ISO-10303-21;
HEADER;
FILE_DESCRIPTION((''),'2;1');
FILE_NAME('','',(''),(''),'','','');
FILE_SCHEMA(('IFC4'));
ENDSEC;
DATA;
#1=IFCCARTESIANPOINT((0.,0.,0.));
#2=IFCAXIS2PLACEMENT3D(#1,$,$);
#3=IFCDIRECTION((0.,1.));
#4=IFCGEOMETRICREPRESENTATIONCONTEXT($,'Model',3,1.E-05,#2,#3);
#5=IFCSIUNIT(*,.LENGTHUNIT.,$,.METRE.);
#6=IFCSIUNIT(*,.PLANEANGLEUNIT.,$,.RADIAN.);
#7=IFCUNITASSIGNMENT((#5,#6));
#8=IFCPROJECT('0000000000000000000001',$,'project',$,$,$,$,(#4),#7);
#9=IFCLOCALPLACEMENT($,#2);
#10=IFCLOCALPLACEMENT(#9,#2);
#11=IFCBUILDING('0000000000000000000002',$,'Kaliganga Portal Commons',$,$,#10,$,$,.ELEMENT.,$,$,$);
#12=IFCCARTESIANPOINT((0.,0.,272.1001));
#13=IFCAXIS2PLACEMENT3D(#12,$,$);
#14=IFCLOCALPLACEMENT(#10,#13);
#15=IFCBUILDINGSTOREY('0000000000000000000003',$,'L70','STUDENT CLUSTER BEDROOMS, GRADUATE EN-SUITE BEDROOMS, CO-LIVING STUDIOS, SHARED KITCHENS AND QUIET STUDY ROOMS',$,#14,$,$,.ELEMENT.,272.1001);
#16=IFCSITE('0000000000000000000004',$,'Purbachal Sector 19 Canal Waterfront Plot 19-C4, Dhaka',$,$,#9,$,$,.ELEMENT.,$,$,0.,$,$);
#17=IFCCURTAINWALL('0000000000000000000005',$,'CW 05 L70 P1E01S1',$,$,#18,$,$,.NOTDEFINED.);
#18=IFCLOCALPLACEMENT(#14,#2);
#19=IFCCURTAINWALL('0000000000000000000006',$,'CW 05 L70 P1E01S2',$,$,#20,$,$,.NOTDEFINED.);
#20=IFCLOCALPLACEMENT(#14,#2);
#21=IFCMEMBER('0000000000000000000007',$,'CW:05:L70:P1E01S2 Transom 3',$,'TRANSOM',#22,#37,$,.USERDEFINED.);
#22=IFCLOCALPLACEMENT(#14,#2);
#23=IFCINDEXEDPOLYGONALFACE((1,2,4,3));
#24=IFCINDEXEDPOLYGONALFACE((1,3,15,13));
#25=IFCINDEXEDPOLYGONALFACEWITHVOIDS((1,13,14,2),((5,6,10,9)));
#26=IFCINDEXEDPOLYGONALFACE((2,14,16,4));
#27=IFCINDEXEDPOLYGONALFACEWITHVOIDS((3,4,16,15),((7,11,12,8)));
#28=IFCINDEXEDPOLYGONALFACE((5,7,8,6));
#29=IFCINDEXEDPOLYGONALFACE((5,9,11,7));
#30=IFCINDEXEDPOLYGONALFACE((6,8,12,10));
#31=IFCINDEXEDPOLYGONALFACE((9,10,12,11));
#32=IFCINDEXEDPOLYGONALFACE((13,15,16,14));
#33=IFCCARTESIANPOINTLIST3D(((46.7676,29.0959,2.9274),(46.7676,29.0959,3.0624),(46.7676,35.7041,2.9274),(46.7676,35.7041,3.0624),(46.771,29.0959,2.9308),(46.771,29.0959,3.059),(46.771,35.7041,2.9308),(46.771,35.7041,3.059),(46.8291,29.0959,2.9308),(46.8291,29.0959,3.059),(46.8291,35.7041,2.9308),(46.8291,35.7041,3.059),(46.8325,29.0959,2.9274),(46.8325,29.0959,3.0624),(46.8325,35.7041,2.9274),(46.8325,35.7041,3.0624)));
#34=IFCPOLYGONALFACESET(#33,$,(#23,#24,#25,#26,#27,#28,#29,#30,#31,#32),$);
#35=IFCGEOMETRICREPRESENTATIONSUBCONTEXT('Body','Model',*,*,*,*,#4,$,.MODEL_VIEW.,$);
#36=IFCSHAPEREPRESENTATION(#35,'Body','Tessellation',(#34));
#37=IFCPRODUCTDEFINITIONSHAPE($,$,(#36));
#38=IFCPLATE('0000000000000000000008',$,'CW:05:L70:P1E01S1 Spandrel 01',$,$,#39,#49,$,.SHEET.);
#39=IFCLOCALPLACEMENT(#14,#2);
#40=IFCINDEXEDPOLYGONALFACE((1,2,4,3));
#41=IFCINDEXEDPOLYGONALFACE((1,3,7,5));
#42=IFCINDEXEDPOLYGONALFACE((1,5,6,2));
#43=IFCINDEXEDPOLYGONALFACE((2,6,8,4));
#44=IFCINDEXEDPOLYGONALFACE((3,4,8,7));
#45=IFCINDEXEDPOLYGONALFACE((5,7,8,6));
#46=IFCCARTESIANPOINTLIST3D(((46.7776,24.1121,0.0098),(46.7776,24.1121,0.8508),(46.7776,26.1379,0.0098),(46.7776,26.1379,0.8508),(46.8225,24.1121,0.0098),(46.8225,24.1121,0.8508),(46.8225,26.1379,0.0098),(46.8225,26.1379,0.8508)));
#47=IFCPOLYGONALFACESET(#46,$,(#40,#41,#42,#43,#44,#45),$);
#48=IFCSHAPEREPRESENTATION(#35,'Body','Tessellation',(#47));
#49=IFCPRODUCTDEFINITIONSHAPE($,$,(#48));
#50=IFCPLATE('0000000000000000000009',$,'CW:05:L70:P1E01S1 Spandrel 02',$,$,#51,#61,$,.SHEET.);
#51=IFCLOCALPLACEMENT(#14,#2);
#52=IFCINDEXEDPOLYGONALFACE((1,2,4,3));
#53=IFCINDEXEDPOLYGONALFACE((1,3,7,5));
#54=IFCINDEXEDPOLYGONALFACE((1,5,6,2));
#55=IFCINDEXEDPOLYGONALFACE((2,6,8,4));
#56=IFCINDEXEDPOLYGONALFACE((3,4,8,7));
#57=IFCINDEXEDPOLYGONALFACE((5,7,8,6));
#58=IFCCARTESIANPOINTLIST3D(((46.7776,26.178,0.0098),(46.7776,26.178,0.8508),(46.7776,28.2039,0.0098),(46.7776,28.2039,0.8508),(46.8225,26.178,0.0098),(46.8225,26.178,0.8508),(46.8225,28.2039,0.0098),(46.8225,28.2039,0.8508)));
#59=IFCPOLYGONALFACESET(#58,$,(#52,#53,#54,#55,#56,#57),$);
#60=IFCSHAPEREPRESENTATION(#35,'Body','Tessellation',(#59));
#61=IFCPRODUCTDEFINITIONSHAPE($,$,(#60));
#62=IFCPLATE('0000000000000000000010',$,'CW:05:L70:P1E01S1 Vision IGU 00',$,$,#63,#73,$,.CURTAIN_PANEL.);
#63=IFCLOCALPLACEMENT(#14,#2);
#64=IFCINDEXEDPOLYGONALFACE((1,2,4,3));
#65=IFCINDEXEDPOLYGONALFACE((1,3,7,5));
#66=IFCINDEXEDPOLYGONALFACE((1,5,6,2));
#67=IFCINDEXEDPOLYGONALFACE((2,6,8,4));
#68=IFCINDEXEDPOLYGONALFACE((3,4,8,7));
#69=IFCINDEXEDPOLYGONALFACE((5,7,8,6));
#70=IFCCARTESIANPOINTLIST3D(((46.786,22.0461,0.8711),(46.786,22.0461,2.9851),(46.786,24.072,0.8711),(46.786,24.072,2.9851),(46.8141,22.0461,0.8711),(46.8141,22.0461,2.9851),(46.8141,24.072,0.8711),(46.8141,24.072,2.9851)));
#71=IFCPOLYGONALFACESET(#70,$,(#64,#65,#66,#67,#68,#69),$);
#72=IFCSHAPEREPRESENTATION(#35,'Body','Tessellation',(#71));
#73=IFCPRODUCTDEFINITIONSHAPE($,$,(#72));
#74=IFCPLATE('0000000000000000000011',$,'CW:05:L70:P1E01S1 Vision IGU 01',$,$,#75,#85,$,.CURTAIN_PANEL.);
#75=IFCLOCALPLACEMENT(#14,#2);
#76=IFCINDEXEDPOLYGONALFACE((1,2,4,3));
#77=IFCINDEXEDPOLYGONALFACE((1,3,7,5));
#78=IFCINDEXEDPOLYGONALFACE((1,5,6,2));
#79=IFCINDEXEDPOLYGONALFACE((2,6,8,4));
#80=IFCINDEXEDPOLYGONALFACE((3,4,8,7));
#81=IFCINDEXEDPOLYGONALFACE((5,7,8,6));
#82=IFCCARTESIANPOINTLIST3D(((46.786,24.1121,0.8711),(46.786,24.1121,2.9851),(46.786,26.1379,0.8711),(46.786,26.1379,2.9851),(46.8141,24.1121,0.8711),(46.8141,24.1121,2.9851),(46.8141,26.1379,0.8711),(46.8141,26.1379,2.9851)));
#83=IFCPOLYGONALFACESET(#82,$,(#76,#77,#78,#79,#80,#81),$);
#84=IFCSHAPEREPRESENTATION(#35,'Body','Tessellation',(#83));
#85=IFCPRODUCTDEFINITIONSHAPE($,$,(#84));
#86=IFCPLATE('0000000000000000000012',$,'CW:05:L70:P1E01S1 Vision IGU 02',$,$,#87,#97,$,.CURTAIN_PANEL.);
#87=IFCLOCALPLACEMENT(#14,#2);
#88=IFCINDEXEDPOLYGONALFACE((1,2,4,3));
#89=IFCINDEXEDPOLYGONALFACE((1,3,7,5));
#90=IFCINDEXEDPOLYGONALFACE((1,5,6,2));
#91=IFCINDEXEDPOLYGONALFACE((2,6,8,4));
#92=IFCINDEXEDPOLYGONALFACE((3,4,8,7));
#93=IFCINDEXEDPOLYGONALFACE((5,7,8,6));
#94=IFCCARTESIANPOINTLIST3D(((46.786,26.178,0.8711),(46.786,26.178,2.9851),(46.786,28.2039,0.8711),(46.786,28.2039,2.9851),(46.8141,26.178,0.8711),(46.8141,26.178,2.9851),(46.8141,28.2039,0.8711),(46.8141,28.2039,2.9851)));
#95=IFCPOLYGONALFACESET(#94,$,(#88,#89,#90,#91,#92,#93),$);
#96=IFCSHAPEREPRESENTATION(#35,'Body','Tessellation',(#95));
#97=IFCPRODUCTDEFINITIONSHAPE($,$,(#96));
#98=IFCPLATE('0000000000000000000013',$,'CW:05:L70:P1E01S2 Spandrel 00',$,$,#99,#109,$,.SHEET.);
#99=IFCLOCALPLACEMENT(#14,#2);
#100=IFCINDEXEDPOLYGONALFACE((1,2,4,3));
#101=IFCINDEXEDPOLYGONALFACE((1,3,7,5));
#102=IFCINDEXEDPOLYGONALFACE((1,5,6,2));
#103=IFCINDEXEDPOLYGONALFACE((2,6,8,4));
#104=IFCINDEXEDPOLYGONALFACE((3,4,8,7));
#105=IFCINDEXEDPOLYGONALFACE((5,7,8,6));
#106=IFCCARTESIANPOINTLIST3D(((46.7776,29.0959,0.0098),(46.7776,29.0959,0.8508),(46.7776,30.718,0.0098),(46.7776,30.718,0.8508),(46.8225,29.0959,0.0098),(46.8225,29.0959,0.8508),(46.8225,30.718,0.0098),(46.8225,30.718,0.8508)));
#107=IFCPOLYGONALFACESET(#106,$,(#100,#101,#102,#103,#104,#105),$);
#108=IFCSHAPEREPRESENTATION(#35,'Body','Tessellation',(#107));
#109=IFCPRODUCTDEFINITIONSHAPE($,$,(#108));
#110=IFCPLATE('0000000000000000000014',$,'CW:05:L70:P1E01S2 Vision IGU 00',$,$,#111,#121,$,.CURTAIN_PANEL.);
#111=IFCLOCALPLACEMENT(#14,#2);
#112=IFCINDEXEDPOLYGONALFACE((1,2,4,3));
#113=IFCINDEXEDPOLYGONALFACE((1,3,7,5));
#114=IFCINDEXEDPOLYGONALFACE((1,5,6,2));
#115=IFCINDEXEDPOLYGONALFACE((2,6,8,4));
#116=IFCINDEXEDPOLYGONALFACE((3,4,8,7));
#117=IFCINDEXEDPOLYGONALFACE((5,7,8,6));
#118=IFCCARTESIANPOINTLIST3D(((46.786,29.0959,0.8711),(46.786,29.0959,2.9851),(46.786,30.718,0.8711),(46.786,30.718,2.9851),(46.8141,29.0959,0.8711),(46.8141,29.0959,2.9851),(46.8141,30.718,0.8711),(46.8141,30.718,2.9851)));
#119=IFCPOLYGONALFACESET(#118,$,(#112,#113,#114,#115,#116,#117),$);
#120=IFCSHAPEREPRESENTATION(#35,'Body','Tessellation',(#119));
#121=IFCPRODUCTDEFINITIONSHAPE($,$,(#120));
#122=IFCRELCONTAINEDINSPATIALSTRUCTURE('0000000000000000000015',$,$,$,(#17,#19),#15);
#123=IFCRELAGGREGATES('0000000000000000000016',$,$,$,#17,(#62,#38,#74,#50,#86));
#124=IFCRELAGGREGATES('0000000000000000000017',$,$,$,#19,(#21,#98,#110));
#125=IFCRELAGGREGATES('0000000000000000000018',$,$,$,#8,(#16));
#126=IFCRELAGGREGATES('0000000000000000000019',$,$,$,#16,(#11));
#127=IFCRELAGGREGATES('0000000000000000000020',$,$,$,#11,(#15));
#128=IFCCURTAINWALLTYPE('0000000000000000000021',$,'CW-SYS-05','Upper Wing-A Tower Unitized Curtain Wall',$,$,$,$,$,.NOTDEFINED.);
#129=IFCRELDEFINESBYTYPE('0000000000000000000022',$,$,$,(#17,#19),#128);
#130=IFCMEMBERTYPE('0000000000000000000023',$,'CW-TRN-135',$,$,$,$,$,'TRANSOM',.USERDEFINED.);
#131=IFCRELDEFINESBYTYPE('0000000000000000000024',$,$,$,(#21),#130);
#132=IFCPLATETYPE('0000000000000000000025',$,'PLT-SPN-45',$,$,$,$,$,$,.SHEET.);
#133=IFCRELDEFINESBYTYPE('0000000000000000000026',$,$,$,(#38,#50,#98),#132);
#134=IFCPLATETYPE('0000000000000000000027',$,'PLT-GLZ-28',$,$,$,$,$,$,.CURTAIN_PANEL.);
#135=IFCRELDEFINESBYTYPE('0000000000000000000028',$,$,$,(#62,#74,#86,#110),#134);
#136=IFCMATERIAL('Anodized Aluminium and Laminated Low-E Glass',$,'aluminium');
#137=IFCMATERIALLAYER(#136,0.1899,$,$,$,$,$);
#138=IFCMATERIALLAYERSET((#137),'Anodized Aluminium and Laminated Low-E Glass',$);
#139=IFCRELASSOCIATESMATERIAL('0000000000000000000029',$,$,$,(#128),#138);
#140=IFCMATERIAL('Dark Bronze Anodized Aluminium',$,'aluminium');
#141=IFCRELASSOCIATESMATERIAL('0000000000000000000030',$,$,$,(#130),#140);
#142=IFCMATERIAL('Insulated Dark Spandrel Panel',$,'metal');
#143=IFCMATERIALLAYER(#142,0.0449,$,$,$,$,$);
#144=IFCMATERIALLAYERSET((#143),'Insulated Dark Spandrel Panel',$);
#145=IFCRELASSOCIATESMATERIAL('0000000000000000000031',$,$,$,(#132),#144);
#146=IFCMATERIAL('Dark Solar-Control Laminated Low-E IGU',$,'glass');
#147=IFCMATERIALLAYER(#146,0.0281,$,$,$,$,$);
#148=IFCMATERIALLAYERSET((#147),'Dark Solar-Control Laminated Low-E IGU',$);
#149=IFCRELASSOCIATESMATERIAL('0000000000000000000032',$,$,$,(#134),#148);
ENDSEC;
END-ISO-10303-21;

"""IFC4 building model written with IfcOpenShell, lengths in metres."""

from ifc_helpers import new_model, si_unit, direction, frame, origin, origin_2d, place, context, subcontext, project, spatial, rectangle, hollow_rectangle, extrude, source, transform, mapped, material, layer, layer_set, material_profile, profile_set, type_object, element, aggregate, save


model = new_model("IFC4")

# Units and contexts
model_context = context("Model", 3, precision=1e-05, world=origin(), true_north=direction((0.0, 1.0)))
body_context = subcontext(model_context, "Body", "Model", "MODEL_VIEW")
ifc_project = project(units=[si_unit("LENGTHUNIT", "METRE"), si_unit("PLANEANGLEUNIT", "RADIAN")], contexts=[model_context])

# Site, building, storey
site_placement = place(None, origin())
site = spatial("IfcSite", under=ifc_project, at=site_placement, Name="Purbachal Sector 19 Canal Waterfront Plot 19-C4, Dhaka", CompositionType="ELEMENT", RefElevation=0.0)
building_placement = place(site_placement, origin())
building = spatial("IfcBuilding", under=site, at=building_placement, Name="Kaliganga Portal Commons", CompositionType="ELEMENT")
storey_placement = place(building_placement, frame((0.0, 0.0, 272.1001)))
storey = spatial("IfcBuildingStorey", under=building, at=storey_placement, Name="L70", Description="STUDENT CLUSTER BEDROOMS, GRADUATE EN-SUITE BEDROOMS, CO-LIVING STUDIOS, SHARED KITCHENS AND QUIET STUDY ROOMS", CompositionType="ELEMENT", Elevation=272.1001)

# Curtain walls, member
ifc_material_1 = material(Name="Anodized Aluminium and Laminated Low-E Glass", Category="aluminium")
ifc_layer_1 = layer(ifc_material_1, 0.1899)
ifc_layer_set_1 = layer_set([ifc_layer_1], Name="Anodized Aluminium and Laminated Low-E Glass")
curtain_wall_type = type_object("IfcCurtainWallType", Name="CW-SYS-05", Description="Upper Wing-A Tower Unitized Curtain Wall", PredefinedType="NOTDEFINED", material=ifc_layer_set_1)
curtain_wall_1_placement = place(storey_placement, origin())
curtain_wall_1 = element("IfcCurtainWall", 1, at=curtain_wall_1_placement, inside=storey, type_object=curtain_wall_type, Name="CW 05 L70 P1E01S1", PredefinedType="NOTDEFINED")
ifc_material_2 = material(Name="Dark Bronze Anodized Aluminium", Category="aluminium")
curtain_wall_2_placement = place(storey_placement, origin())
curtain_wall_2 = element("IfcCurtainWall", 2, at=curtain_wall_2_placement, inside=storey, type_object=curtain_wall_type, Name="CW 05 L70 P1E01S2", PredefinedType="NOTDEFINED")
ifc_material_profile_1 = material_profile(ifc_material_2, hollow_rectangle(XDim=0.0649, YDim=0.135, WallThickness=0.0034, at=origin_2d()), Name="ALU TRAN 65x135x3.5")
ifc_profile_set_1 = profile_set([ifc_material_profile_1], Name="Dark Bronze Anodized Aluminium")
member_type_1 = type_object("IfcMemberType", Name="CW-TRN-135", ElementType="TRANSOM", PredefinedType="USERDEFINED", material=ifc_profile_set_1)
shared_shape_1 = source(origin(), body_context, "Body", "SweptSolid", [
    extrude(hollow_rectangle(XDim=0.0649, YDim=0.135, WallThickness=0.0034, at=origin_2d()), origin(), (0.0, 0.0, 1.0), 6.6082),
])
member_1_placement = place(storey_placement, frame((46.8, 29.0959, 2.9949), z_axis=(0.0, 1.0, 0.0), x_axis=(-1.0, 0.0, 0.0)))
member_1 = element("IfcMember", 3, at=member_1_placement, type_object=member_type_1, Name="CW:05:L70:P1E01S2 Transom 3", ObjectType="TRANSOM", PredefinedType="USERDEFINED", context=body_context, shape_type="MappedRepresentation", body=[
    mapped(shared_shape_1, transform((0.0, 0.0, 0.0), x_axis=(1.0, 0.0, 0.0), y_axis=(0.0, 1.0, 0.0), z_axis=(0.0, 0.0, 1.0), scale=1.0)),
])

# Plates
ifc_material_3 = material(Name="Insulated Dark Spandrel Panel", Category="metal")
ifc_layer_2 = layer(ifc_material_3, 0.0449)
ifc_layer_set_2 = layer_set([ifc_layer_2], Name="Insulated Dark Spandrel Panel")
plate_type_1 = type_object("IfcPlateType", Name="PLT-SPN-45", PredefinedType="SHEET", material=ifc_layer_set_2)
shared_shape_2 = source(origin(), body_context, "Body", "SweptSolid", [
    extrude(rectangle(XDim=2.0259, YDim=0.0449, at=origin_2d()), origin(), (0.0, 0.0, 1.0), 0.8411),
])
plate_1_placement = place(storey_placement, frame((46.8, 25.125, 0.0098), z_axis=(0.0, 0.0, 1.0), x_axis=(0.0, 1.0, 0.0)))
plate_1 = element("IfcPlate", 4, at=plate_1_placement, type_object=plate_type_1, Name="CW:05:L70:P1E01S1 Spandrel 01", PredefinedType="SHEET", context=body_context, shape_type="MappedRepresentation", body=[
    mapped(shared_shape_2, transform((0.0, 0.0, 0.0), x_axis=(1.0, 0.0, 0.0), y_axis=(0.0, 1.0, 0.0), z_axis=(0.0, 0.0, 1.0), scale=1.0)),
])
plate_2_placement = place(storey_placement, frame((46.8, 27.1909, 0.0098), z_axis=(0.0, 0.0, 1.0), x_axis=(0.0, 1.0, 0.0)))
plate_2 = element("IfcPlate", 5, at=plate_2_placement, type_object=plate_type_1, Name="CW:05:L70:P1E01S1 Spandrel 02", PredefinedType="SHEET", context=body_context, shape_type="MappedRepresentation", body=[
    mapped(shared_shape_2, transform((0.0, 0.0, 0.0), x_axis=(1.0, 0.0, 0.0), y_axis=(0.0, 1.0, 0.0), z_axis=(0.0, 0.0, 1.0), scale=1.0)),
])
ifc_material_4 = material(Name="Dark Solar-Control Laminated Low-E IGU", Category="glass")
ifc_layer_3 = layer(ifc_material_4, 0.0281)
ifc_layer_set_3 = layer_set([ifc_layer_3], Name="Dark Solar-Control Laminated Low-E IGU")
plate_type_2 = type_object("IfcPlateType", Name="PLT-GLZ-28", PredefinedType="CURTAIN_PANEL", material=ifc_layer_set_3)
shared_shape_3 = source(origin(), body_context, "Body", "SweptSolid", [
    extrude(rectangle(XDim=2.0259, YDim=0.0281, at=origin_2d()), origin(), (0.0, 0.0, 1.0), 2.114),
])
plate_3_placement = place(storey_placement, frame((46.8, 23.0591, 0.8711), z_axis=(0.0, 0.0, 1.0), x_axis=(0.0, 1.0, 0.0)))
plate_3 = element("IfcPlate", 6, at=plate_3_placement, type_object=plate_type_2, Name="CW:05:L70:P1E01S1 Vision IGU 00", PredefinedType="CURTAIN_PANEL", context=body_context, shape_type="MappedRepresentation", body=[
    mapped(shared_shape_3, transform((0.0, 0.0, 0.0), x_axis=(1.0, 0.0, 0.0), y_axis=(0.0, 1.0, 0.0), z_axis=(0.0, 0.0, 1.0), scale=1.0)),
])
plate_4_placement = place(storey_placement, frame((46.8, 25.125, 0.8711), z_axis=(0.0, 0.0, 1.0), x_axis=(0.0, 1.0, 0.0)))
plate_4 = element("IfcPlate", 7, at=plate_4_placement, type_object=plate_type_2, Name="CW:05:L70:P1E01S1 Vision IGU 01", PredefinedType="CURTAIN_PANEL", context=body_context, shape_type="MappedRepresentation", body=[
    mapped(shared_shape_3, transform((0.0, 0.0, 0.0), x_axis=(1.0, 0.0, 0.0), y_axis=(0.0, 1.0, 0.0), z_axis=(0.0, 0.0, 1.0), scale=1.0)),
])
plate_5_placement = place(storey_placement, frame((46.8, 27.1909, 0.8711), z_axis=(0.0, 0.0, 1.0), x_axis=(0.0, 1.0, 0.0)))
plate_5 = element("IfcPlate", 8, at=plate_5_placement, type_object=plate_type_2, Name="CW:05:L70:P1E01S1 Vision IGU 02", PredefinedType="CURTAIN_PANEL", context=body_context, shape_type="MappedRepresentation", body=[
    mapped(shared_shape_3, transform((0.0, 0.0, 0.0), x_axis=(1.0, 0.0, 0.0), y_axis=(0.0, 1.0, 0.0), z_axis=(0.0, 0.0, 1.0), scale=1.0)),
])
aggregate(curtain_wall_1, [plate_3, plate_1, plate_4, plate_2, plate_5])
shared_shape_4 = source(origin(), body_context, "Body", "SweptSolid", [
    extrude(rectangle(XDim=1.6221, YDim=0.0449, at=origin_2d()), origin(), (0.0, 0.0, 1.0), 0.8411),
])
plate_6_placement = place(storey_placement, frame((46.8, 29.907, 0.0098), z_axis=(0.0, 0.0, 1.0), x_axis=(0.0, 1.0, 0.0)))
plate_6 = element("IfcPlate", 9, at=plate_6_placement, type_object=plate_type_1, Name="CW:05:L70:P1E01S2 Spandrel 00", PredefinedType="SHEET", context=body_context, shape_type="MappedRepresentation", body=[
    mapped(shared_shape_4, transform((0.0, 0.0, 0.0), x_axis=(1.0, 0.0, 0.0), y_axis=(0.0, 1.0, 0.0), z_axis=(0.0, 0.0, 1.0), scale=1.0)),
])
shared_shape_5 = source(origin(), body_context, "Body", "SweptSolid", [
    extrude(rectangle(XDim=1.6221, YDim=0.0281, at=origin_2d()), origin(), (0.0, 0.0, 1.0), 2.114),
])
plate_7_placement = place(storey_placement, frame((46.8, 29.907, 0.8711), z_axis=(0.0, 0.0, 1.0), x_axis=(0.0, 1.0, 0.0)))
plate_7 = element("IfcPlate", 10, at=plate_7_placement, type_object=plate_type_2, Name="CW:05:L70:P1E01S2 Vision IGU 00", PredefinedType="CURTAIN_PANEL", context=body_context, shape_type="MappedRepresentation", body=[
    mapped(shared_shape_5, transform((0.0, 0.0, 0.0), x_axis=(1.0, 0.0, 0.0), y_axis=(0.0, 1.0, 0.0), z_axis=(0.0, 0.0, 1.0), scale=1.0)),
])
aggregate(curtain_wall_2, [member_1, plate_6, plate_7])

save(model, "model.ifc")
